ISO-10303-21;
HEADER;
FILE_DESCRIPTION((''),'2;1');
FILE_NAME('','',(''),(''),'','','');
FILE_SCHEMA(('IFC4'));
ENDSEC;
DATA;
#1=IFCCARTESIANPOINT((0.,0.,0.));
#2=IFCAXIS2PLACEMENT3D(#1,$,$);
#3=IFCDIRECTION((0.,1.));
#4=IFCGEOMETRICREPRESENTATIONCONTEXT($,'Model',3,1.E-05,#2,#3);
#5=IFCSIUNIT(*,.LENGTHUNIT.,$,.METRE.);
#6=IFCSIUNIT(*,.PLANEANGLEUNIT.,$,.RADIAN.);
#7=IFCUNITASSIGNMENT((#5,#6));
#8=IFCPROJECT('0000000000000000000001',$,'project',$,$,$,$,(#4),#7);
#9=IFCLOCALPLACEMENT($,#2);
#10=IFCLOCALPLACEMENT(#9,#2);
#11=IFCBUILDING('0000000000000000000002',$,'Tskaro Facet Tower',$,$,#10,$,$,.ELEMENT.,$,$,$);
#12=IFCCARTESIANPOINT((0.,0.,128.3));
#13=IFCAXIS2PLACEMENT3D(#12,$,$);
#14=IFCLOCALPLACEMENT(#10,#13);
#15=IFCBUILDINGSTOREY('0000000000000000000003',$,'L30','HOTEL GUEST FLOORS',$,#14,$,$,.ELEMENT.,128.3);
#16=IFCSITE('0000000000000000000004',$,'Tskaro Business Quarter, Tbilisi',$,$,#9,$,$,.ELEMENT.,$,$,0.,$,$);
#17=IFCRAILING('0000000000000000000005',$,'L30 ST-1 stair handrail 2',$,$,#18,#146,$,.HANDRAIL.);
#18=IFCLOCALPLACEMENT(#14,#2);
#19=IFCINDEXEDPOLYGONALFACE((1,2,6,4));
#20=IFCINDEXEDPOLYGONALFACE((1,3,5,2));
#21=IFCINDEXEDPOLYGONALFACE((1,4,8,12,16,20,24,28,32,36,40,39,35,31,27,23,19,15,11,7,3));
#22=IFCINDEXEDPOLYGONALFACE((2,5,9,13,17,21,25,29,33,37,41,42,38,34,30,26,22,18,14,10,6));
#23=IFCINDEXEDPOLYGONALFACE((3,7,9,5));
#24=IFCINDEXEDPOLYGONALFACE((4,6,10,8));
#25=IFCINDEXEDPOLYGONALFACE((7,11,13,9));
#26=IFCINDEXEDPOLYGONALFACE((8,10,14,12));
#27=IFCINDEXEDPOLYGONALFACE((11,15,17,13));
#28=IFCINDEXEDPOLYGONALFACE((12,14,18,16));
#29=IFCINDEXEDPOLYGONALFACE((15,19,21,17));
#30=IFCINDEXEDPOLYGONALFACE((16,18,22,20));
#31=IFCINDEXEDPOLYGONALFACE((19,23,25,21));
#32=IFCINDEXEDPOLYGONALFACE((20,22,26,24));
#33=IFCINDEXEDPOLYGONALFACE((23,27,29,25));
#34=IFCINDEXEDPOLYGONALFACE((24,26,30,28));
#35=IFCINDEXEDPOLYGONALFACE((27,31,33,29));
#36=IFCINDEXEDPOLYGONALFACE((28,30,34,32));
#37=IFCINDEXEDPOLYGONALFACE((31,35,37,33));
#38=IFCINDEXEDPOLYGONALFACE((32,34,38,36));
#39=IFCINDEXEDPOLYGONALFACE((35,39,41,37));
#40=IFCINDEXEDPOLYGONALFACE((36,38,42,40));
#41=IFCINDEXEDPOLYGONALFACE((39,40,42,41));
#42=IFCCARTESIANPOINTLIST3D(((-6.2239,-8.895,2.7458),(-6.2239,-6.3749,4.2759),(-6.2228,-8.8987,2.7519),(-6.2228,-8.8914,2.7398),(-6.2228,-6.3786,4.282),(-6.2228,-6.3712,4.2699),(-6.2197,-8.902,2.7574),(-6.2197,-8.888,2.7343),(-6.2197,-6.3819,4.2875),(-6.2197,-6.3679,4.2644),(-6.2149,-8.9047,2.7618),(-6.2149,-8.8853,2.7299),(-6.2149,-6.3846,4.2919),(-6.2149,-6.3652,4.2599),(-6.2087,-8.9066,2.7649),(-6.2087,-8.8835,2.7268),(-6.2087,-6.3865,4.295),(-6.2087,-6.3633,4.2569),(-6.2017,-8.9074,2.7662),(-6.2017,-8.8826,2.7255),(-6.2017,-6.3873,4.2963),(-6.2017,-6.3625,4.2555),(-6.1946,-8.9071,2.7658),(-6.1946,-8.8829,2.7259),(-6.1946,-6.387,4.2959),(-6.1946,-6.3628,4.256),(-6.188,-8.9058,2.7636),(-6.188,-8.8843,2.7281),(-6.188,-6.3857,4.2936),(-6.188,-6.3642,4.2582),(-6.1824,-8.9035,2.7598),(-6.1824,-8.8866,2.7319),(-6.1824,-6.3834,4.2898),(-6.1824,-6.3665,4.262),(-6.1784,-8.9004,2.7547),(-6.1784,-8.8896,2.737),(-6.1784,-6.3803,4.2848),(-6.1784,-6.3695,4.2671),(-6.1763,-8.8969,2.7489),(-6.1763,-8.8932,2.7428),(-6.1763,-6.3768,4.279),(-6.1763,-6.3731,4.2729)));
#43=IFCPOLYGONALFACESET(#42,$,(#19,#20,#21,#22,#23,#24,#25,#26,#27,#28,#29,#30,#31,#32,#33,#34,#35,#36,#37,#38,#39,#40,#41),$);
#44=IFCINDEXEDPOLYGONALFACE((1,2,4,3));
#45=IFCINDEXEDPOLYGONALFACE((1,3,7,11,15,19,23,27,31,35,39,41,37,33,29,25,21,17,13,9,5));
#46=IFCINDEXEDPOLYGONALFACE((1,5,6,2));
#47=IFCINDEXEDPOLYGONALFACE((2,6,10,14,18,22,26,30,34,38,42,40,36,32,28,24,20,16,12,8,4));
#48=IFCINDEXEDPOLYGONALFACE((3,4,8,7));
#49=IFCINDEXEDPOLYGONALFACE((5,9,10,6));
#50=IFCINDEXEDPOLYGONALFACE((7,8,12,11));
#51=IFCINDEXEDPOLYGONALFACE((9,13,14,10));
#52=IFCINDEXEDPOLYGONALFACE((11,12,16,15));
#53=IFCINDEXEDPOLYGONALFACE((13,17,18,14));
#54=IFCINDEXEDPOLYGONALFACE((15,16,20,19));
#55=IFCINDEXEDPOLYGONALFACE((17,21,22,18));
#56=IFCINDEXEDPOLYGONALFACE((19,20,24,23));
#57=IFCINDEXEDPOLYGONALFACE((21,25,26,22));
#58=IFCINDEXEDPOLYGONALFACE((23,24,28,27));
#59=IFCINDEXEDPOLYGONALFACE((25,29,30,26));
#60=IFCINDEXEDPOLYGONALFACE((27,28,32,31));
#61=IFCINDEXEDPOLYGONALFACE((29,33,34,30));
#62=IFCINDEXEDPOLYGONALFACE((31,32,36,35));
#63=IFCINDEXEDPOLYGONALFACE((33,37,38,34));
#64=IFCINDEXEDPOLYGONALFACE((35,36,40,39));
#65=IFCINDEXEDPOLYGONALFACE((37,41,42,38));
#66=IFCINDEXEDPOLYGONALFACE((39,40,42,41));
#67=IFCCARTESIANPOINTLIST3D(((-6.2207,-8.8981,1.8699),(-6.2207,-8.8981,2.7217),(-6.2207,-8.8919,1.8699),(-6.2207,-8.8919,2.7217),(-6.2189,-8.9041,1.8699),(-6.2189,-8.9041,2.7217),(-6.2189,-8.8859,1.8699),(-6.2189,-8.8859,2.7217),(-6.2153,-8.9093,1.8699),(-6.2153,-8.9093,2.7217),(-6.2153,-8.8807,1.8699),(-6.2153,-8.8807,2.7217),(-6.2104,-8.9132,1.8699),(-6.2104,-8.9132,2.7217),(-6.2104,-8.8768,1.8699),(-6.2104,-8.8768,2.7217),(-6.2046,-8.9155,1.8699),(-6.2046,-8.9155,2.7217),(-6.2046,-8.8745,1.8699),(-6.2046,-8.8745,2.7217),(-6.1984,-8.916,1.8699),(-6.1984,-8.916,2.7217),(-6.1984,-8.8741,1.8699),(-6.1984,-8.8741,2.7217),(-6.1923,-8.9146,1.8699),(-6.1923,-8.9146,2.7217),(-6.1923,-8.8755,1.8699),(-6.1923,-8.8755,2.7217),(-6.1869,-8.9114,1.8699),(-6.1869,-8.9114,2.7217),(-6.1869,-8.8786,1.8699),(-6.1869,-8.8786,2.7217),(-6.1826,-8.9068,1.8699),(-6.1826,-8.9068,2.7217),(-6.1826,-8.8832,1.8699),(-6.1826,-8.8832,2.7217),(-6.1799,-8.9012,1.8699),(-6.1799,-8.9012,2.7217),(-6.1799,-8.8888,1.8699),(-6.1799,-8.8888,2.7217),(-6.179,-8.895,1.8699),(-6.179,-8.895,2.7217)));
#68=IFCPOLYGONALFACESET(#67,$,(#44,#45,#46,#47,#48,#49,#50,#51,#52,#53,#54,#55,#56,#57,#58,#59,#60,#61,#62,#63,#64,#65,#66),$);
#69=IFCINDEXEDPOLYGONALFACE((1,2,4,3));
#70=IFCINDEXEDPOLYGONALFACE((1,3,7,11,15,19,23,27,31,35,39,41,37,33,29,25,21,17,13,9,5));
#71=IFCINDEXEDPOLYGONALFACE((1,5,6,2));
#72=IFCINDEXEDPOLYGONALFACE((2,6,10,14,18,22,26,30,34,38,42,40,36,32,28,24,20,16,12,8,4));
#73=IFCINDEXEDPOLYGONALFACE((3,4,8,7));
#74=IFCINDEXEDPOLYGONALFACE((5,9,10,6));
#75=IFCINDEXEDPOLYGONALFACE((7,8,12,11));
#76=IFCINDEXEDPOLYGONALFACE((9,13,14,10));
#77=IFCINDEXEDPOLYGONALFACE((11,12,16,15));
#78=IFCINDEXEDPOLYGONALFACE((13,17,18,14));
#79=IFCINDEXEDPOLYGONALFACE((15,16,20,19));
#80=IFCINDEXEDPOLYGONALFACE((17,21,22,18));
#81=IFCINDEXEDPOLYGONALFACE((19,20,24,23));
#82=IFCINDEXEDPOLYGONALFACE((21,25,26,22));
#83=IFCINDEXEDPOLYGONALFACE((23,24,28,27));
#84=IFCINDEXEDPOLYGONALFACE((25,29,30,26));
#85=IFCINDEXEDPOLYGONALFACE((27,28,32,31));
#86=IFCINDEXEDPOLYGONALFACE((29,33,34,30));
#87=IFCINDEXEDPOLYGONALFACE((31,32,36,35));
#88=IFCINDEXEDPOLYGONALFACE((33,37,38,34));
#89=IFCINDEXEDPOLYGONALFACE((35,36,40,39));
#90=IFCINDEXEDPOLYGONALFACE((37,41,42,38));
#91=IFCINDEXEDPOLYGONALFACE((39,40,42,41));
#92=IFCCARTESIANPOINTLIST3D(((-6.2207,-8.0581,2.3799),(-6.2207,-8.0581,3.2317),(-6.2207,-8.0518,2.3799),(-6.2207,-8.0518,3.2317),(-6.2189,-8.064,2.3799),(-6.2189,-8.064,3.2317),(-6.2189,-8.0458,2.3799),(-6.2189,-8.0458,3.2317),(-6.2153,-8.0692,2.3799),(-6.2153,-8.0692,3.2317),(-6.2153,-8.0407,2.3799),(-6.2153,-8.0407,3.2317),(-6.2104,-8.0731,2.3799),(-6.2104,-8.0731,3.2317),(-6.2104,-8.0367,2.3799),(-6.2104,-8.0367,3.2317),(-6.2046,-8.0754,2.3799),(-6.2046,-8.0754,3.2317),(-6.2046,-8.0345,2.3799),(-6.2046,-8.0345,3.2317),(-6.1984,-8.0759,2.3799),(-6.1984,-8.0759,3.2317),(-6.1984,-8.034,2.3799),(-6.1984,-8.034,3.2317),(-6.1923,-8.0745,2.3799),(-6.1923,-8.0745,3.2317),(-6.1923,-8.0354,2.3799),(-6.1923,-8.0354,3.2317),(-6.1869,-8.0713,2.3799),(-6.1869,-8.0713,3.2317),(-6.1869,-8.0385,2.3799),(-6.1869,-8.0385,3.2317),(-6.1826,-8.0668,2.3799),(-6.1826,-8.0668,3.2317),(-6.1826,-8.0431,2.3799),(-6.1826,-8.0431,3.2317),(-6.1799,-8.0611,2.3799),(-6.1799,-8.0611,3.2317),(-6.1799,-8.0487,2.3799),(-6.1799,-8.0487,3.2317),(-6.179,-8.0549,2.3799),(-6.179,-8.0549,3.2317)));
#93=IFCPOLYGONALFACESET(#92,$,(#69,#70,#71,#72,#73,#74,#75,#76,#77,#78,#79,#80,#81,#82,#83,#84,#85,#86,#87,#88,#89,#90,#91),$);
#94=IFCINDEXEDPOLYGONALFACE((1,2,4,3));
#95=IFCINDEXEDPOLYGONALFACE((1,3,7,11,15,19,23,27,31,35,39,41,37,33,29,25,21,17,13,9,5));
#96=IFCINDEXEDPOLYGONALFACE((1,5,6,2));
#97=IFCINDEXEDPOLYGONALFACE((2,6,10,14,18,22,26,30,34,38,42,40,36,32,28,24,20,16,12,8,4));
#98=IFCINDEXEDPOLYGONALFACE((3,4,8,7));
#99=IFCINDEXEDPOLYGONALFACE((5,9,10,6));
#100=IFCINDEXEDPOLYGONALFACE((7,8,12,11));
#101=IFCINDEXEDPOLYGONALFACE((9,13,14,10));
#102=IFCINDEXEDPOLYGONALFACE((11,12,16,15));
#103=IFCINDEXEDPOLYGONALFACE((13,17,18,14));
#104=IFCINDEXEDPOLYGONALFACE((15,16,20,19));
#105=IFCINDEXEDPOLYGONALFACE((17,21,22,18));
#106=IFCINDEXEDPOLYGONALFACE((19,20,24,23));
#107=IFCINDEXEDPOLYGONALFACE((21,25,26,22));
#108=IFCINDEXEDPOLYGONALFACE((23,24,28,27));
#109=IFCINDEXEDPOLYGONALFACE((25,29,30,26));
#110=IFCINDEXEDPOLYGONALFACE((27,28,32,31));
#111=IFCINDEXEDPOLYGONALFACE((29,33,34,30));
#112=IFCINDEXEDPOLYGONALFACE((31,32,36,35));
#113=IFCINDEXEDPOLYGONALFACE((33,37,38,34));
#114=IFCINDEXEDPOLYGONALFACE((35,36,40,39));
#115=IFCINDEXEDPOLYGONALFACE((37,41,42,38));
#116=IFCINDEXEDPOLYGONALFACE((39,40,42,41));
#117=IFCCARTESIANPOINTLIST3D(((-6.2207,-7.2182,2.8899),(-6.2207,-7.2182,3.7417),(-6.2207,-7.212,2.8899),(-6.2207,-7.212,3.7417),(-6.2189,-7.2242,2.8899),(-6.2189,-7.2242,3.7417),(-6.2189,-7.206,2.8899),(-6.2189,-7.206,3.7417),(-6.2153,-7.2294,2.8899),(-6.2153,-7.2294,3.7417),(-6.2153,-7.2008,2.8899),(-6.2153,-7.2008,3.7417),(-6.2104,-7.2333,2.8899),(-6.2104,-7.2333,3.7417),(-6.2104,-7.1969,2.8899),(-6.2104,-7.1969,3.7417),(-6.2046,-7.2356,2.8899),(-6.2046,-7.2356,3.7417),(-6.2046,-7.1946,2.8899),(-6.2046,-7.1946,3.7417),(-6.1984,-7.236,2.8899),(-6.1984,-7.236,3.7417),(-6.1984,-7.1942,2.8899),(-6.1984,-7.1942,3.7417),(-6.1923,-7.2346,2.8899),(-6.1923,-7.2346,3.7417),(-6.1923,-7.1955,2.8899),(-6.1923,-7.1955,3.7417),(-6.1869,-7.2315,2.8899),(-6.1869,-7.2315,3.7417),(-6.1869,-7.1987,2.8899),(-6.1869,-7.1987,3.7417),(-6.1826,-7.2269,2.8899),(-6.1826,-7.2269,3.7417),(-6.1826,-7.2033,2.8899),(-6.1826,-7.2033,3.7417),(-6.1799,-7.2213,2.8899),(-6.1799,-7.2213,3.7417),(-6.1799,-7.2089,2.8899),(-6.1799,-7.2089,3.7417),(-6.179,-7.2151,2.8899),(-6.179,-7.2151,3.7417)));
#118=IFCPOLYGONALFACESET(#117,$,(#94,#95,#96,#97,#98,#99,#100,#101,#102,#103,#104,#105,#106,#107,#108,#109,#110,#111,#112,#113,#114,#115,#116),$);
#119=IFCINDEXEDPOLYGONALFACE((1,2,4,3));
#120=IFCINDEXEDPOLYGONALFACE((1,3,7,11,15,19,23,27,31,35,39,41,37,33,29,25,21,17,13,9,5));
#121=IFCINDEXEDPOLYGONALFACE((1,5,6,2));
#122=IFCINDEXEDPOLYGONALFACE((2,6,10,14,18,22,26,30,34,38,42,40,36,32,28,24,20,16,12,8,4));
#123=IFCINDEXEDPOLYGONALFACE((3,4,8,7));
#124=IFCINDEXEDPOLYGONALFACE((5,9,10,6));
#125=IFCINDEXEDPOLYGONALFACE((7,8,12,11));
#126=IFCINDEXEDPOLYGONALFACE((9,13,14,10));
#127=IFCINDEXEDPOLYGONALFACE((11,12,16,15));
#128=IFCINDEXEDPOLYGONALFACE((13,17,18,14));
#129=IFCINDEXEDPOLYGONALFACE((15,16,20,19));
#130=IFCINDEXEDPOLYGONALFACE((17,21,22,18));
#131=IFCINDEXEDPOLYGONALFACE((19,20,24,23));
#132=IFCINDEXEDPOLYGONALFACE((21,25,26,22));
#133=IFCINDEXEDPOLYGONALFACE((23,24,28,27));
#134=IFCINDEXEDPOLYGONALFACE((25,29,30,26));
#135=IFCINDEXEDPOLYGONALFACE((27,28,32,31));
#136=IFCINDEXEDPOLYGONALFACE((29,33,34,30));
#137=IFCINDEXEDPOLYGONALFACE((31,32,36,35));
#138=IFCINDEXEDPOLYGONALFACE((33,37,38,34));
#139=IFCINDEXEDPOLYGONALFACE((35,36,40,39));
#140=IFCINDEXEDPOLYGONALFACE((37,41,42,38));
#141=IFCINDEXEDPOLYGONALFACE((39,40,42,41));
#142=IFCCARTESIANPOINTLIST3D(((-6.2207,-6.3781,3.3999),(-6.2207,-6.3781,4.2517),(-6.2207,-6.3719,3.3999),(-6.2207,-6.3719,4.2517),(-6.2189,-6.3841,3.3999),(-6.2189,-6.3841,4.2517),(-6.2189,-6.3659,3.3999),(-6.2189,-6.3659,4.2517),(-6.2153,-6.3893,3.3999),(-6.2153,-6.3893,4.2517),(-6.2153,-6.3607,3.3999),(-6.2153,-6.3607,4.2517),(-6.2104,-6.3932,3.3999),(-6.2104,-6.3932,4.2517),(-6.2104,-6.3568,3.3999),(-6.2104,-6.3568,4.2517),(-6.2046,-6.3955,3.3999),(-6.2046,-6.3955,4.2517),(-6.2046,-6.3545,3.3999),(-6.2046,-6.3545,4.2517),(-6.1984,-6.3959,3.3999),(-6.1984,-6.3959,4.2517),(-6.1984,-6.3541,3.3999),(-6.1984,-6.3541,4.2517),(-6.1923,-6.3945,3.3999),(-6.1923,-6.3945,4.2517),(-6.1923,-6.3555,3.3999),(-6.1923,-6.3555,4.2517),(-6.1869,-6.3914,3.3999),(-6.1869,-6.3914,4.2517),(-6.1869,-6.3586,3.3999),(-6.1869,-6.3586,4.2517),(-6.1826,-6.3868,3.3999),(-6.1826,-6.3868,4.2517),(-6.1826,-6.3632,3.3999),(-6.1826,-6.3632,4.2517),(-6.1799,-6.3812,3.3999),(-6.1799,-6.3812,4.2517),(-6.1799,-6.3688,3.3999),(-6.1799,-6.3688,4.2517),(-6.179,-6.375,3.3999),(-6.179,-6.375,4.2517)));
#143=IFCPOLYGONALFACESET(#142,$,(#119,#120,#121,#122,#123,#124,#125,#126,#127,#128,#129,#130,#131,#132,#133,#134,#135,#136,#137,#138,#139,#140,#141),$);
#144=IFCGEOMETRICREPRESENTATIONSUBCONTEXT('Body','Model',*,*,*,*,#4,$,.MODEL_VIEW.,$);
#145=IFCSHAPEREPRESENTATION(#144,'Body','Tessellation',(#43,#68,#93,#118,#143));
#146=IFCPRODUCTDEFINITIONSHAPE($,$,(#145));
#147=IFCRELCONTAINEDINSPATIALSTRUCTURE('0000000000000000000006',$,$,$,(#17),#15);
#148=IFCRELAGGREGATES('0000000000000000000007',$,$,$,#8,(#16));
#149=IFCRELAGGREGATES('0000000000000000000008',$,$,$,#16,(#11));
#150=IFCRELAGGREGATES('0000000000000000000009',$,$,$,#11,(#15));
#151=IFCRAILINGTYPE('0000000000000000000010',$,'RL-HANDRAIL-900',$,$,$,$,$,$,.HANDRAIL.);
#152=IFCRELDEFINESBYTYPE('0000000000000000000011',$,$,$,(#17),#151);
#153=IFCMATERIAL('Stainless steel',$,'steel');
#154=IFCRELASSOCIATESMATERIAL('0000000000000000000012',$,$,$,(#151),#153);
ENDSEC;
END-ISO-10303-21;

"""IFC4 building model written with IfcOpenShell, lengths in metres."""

from ifc_helpers import new_model, si_unit, direction, frame, origin, origin_2d, place, context, subcontext, project, spatial, circle, extrude, material, type_object, element, save


model = new_model("IFC4")

# Units and contexts
model_context = context("Model", 3, precision=1e-05, world=origin(), true_north=direction((0.0, 1.0)))
body_context = subcontext(model_context, "Body", "Model", "MODEL_VIEW")
ifc_project = project(units=[si_unit("LENGTHUNIT", "METRE"), si_unit("PLANEANGLEUNIT", "RADIAN")], contexts=[model_context])

# Site, building, storey
site_placement = place(None, origin())
site = spatial("IfcSite", under=ifc_project, at=site_placement, Name="Tskaro Business Quarter, Tbilisi", CompositionType="ELEMENT", RefElevation=0.0)
building_placement = place(site_placement, origin())
building = spatial("IfcBuilding", under=site, at=building_placement, Name="Tskaro Facet Tower", CompositionType="ELEMENT")
storey_placement = place(building_placement, frame((0.0, 0.0, 128.3)))
storey = spatial("IfcBuildingStorey", under=building, at=storey_placement, Name="L30", Description="HOTEL GUEST FLOORS", CompositionType="ELEMENT", Elevation=128.3)

# Shared definitions
ifc_material_1 = material(Name="Stainless steel", Category="steel")

# Railing
railing_type_1 = type_object("IfcRailingType", Name="RL-HANDRAIL-900", PredefinedType="HANDRAIL", material=ifc_material_1)
railing_1_placement = place(storey_placement, frame((-6.2, -8.895, 1.8699)))
element("IfcRailing", 1, at=railing_1_placement, inside=storey, type_object=railing_type_1, Name="L30 ST-1 stair handrail 2", PredefinedType="HANDRAIL", context=body_context, shape_type="SweptSolid", body=[
    extrude(circle(Radius=0.0239, at=origin_2d()), frame((0.0, 0.0, 0.876), z_axis=(0.0, 0.854785, 0.518982), x_axis=(-1.0, 0.0, 0.0)), (0.0, 0.0, 1.0), 2.9482),
    extrude(circle(Radius=0.021, at=origin_2d()), origin(), (0.0, 0.0, 1.0), 0.8518),
    extrude(circle(Radius=0.021, at=origin_2d()), frame((0.0, 0.8401, 0.51)), (0.0, 0.0, 1.0), 0.8518),
    extrude(circle(Radius=0.021, at=origin_2d()), frame((0.0, 1.6799, 1.02)), (0.0, 0.0, 1.0), 0.8518),
    extrude(circle(Radius=0.021, at=origin_2d()), frame((0.0, 2.52, 1.53)), (0.0, 0.0, 1.0), 0.8518),
])

save(model, "model.ifc")
